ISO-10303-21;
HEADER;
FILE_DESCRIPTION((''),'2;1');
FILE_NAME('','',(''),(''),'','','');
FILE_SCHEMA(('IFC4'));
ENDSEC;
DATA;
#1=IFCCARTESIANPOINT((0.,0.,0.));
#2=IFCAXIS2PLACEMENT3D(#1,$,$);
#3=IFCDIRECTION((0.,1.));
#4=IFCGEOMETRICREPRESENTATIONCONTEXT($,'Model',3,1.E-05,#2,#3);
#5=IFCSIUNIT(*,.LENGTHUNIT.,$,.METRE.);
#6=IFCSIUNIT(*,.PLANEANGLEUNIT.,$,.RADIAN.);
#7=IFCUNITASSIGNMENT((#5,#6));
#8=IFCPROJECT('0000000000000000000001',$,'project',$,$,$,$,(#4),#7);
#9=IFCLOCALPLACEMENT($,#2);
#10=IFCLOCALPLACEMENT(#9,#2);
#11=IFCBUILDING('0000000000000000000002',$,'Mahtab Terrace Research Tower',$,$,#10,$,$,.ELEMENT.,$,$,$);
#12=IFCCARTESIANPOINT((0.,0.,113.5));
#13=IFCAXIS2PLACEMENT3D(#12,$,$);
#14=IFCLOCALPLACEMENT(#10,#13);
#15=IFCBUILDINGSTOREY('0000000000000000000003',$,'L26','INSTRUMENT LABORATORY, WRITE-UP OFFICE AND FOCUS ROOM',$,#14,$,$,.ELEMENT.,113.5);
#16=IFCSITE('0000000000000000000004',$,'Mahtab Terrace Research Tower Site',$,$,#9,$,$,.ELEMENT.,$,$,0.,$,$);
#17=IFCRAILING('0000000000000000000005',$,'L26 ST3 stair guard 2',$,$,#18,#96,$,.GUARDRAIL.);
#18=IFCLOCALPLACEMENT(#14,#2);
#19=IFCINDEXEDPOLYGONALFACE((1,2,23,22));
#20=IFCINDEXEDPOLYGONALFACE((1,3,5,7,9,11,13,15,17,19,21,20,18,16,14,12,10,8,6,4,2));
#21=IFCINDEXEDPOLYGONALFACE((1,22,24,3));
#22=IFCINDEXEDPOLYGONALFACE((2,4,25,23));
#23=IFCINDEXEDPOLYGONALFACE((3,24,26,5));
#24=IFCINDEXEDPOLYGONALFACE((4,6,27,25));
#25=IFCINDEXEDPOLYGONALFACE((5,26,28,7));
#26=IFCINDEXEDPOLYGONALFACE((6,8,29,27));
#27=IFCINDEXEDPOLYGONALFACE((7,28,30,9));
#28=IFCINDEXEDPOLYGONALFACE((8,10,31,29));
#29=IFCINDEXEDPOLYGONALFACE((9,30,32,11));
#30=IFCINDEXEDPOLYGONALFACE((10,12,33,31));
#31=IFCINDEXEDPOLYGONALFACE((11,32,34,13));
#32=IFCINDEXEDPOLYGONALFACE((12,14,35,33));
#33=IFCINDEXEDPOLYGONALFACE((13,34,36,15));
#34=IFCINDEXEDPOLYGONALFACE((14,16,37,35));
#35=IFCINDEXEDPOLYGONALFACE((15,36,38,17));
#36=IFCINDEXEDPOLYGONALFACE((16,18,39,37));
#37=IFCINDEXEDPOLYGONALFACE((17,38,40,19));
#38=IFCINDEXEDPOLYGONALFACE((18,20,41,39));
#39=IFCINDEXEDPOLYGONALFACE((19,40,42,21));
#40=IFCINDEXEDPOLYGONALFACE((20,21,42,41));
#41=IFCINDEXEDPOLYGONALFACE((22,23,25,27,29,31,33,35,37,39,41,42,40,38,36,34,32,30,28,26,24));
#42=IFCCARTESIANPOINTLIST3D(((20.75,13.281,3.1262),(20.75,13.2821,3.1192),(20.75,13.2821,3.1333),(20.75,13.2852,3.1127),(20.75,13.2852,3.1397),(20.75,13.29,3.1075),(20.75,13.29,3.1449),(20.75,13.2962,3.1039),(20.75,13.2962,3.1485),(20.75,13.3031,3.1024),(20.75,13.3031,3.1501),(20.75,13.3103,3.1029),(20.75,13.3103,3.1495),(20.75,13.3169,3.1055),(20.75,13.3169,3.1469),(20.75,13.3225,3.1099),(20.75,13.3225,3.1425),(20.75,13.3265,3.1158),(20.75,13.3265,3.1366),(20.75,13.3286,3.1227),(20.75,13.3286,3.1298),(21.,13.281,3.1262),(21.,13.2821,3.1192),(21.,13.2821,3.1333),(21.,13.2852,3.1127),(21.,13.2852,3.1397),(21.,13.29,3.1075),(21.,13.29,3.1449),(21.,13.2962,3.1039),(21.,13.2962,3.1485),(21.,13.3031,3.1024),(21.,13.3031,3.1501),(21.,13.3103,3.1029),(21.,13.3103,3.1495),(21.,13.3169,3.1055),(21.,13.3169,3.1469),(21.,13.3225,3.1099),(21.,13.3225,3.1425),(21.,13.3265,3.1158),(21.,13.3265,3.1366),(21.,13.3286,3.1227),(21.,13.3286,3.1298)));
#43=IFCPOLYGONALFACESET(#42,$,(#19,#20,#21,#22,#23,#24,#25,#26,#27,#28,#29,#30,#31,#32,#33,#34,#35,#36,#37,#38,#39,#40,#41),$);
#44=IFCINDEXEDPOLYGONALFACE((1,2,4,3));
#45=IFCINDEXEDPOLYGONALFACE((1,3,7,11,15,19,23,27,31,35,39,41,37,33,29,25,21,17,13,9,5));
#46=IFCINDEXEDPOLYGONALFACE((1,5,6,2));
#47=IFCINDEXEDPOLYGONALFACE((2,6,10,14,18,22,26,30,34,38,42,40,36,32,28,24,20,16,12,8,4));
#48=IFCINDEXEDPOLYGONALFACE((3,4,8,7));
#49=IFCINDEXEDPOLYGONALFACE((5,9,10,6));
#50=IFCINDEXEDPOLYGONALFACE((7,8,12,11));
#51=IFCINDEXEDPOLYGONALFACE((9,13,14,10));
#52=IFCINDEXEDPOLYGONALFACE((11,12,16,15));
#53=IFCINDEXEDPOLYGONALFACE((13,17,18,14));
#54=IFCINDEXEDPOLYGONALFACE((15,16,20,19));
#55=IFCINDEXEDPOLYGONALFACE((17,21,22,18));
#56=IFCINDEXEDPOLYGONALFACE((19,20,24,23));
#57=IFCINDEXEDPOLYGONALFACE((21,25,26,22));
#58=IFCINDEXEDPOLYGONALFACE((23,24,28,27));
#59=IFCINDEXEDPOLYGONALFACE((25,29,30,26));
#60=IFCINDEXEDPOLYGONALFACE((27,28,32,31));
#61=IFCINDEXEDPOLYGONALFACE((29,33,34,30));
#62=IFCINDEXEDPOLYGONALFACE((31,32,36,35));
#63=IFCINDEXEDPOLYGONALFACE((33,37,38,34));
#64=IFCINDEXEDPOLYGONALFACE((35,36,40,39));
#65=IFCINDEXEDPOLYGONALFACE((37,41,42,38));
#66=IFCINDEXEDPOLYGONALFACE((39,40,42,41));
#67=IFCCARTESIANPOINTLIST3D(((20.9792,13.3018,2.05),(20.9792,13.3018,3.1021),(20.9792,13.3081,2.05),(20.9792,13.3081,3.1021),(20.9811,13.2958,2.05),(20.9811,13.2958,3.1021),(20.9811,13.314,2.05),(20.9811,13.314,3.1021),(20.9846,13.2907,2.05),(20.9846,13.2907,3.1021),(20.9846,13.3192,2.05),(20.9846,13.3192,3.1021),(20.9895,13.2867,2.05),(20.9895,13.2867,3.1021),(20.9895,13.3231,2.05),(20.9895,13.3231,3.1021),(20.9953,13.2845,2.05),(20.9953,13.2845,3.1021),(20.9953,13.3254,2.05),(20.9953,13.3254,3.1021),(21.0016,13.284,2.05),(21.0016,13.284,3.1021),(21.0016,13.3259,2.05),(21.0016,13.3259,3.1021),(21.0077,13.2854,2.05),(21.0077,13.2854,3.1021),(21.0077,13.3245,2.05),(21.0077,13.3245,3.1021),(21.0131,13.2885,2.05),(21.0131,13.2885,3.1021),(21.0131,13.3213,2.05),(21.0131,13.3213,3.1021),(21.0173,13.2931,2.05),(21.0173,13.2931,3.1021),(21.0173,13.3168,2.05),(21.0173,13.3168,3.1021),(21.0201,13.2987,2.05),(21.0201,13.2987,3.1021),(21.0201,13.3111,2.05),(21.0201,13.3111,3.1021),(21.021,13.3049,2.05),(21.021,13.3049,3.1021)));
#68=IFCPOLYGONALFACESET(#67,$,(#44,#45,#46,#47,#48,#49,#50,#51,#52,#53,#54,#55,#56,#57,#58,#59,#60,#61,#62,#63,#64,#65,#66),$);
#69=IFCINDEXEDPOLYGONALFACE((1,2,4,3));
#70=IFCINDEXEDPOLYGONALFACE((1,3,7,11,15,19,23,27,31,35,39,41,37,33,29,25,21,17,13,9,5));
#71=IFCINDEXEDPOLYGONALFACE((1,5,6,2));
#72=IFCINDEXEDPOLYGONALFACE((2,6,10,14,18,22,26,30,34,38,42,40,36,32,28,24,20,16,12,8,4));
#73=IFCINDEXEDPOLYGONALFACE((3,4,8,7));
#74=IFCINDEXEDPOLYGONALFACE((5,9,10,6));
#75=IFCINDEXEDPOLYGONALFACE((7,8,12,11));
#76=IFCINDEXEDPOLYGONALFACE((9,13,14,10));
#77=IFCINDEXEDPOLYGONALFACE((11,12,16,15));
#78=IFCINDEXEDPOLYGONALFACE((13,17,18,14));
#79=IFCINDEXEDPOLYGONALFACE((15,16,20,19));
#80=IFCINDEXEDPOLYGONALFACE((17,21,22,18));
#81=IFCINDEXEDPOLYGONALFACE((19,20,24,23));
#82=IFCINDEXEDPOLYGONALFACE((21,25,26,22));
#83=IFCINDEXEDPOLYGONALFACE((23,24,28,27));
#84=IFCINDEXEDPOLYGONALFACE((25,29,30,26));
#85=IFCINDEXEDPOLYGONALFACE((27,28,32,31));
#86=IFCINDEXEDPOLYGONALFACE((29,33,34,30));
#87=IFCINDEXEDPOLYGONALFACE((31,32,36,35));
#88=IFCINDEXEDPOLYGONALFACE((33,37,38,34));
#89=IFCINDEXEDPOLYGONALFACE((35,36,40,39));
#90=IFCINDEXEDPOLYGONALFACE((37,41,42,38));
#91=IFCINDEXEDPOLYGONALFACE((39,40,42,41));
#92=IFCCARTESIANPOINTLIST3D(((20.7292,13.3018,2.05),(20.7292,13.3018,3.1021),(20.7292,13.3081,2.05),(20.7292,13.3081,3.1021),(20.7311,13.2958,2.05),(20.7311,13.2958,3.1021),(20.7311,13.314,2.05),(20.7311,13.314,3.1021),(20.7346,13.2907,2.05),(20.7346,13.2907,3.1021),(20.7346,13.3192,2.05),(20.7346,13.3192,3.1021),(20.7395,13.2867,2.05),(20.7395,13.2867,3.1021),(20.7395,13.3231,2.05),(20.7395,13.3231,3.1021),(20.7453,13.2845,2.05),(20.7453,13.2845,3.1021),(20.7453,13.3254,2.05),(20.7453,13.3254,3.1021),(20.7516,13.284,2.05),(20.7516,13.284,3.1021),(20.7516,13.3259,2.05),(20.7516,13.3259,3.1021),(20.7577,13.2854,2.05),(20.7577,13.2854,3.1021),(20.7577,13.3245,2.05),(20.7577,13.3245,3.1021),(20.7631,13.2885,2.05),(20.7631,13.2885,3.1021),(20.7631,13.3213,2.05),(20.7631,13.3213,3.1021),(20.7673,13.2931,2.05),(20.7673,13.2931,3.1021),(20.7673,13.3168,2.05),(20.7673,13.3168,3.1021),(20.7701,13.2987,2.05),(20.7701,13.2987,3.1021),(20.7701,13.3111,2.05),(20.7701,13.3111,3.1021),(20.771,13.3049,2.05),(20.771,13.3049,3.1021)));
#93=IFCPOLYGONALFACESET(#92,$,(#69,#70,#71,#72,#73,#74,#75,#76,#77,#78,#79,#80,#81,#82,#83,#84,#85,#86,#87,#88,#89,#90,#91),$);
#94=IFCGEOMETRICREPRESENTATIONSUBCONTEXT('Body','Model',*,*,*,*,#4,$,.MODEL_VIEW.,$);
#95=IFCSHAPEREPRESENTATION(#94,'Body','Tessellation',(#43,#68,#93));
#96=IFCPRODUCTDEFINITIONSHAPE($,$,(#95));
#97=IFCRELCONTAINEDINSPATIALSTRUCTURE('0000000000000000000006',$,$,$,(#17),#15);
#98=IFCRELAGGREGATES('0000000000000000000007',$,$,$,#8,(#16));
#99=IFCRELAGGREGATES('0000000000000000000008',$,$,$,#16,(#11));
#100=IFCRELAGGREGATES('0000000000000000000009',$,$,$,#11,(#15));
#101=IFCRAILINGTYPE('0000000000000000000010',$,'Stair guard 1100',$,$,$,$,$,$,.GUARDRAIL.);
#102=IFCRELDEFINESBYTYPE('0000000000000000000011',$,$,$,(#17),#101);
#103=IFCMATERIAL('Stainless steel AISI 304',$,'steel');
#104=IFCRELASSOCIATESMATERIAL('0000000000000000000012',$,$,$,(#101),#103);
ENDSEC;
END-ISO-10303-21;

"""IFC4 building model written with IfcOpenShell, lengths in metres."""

from ifc_helpers import new_model, si_unit, direction, frame, origin, origin_2d, place, context, subcontext, project, spatial, circle, extrude, material, type_object, element, save


model = new_model("IFC4")

# Units and contexts
model_context = context("Model", 3, precision=1e-05, world=origin(), true_north=direction((0.0, 1.0)))
body_context = subcontext(model_context, "Body", "Model", "MODEL_VIEW")
ifc_project = project(units=[si_unit("LENGTHUNIT", "METRE"), si_unit("PLANEANGLEUNIT", "RADIAN")], contexts=[model_context])

# Site, building, storey
site_placement = place(None, origin())
site = spatial("IfcSite", under=ifc_project, at=site_placement, Name="Mahtab Terrace Research Tower Site", CompositionType="ELEMENT", RefElevation=0.0)
building_placement = place(site_placement, origin())
building = spatial("IfcBuilding", under=site, at=building_placement, Name="Mahtab Terrace Research Tower", CompositionType="ELEMENT")
storey_placement = place(building_placement, frame((0.0, 0.0, 113.5)))
storey = spatial("IfcBuildingStorey", under=building, at=storey_placement, Name="L26", Description="INSTRUMENT LABORATORY, WRITE-UP OFFICE AND FOCUS ROOM", CompositionType="ELEMENT", Elevation=113.5)

# Shared definitions
ifc_material_1 = material(Name="Stainless steel AISI 304", Category="steel")

# Railing
railing_type_1 = type_object("IfcRailingType", Name="Stair guard 1100", PredefinedType="GUARDRAIL", material=ifc_material_1)
railing_1_placement = place(storey_placement, frame((21.0, 13.3049, 2.05)))
element("IfcRailing", 1, at=railing_1_placement, inside=storey, type_object=railing_type_1, Name="L26 ST3 stair guard 2", PredefinedType="GUARDRAIL", context=body_context, shape_type="SweptSolid", body=[
    extrude(circle(Radius=0.0239, at=origin_2d()), frame((0.0, 0.0, 1.0762), z_axis=(-1.0, 0.0, 0.0), x_axis=(0.0, -1.0, 0.0)), (0.0, 0.0, 1.0), 0.25),
    extrude(circle(Radius=0.021, at=origin_2d()), origin(), (0.0, 0.0, 1.0), 1.052),
    extrude(circle(Radius=0.021, at=origin_2d()), frame((-0.25, 0.0, 0.0)), (0.0, 0.0, 1.0), 1.052),
])

save(model, "model.ifc")
